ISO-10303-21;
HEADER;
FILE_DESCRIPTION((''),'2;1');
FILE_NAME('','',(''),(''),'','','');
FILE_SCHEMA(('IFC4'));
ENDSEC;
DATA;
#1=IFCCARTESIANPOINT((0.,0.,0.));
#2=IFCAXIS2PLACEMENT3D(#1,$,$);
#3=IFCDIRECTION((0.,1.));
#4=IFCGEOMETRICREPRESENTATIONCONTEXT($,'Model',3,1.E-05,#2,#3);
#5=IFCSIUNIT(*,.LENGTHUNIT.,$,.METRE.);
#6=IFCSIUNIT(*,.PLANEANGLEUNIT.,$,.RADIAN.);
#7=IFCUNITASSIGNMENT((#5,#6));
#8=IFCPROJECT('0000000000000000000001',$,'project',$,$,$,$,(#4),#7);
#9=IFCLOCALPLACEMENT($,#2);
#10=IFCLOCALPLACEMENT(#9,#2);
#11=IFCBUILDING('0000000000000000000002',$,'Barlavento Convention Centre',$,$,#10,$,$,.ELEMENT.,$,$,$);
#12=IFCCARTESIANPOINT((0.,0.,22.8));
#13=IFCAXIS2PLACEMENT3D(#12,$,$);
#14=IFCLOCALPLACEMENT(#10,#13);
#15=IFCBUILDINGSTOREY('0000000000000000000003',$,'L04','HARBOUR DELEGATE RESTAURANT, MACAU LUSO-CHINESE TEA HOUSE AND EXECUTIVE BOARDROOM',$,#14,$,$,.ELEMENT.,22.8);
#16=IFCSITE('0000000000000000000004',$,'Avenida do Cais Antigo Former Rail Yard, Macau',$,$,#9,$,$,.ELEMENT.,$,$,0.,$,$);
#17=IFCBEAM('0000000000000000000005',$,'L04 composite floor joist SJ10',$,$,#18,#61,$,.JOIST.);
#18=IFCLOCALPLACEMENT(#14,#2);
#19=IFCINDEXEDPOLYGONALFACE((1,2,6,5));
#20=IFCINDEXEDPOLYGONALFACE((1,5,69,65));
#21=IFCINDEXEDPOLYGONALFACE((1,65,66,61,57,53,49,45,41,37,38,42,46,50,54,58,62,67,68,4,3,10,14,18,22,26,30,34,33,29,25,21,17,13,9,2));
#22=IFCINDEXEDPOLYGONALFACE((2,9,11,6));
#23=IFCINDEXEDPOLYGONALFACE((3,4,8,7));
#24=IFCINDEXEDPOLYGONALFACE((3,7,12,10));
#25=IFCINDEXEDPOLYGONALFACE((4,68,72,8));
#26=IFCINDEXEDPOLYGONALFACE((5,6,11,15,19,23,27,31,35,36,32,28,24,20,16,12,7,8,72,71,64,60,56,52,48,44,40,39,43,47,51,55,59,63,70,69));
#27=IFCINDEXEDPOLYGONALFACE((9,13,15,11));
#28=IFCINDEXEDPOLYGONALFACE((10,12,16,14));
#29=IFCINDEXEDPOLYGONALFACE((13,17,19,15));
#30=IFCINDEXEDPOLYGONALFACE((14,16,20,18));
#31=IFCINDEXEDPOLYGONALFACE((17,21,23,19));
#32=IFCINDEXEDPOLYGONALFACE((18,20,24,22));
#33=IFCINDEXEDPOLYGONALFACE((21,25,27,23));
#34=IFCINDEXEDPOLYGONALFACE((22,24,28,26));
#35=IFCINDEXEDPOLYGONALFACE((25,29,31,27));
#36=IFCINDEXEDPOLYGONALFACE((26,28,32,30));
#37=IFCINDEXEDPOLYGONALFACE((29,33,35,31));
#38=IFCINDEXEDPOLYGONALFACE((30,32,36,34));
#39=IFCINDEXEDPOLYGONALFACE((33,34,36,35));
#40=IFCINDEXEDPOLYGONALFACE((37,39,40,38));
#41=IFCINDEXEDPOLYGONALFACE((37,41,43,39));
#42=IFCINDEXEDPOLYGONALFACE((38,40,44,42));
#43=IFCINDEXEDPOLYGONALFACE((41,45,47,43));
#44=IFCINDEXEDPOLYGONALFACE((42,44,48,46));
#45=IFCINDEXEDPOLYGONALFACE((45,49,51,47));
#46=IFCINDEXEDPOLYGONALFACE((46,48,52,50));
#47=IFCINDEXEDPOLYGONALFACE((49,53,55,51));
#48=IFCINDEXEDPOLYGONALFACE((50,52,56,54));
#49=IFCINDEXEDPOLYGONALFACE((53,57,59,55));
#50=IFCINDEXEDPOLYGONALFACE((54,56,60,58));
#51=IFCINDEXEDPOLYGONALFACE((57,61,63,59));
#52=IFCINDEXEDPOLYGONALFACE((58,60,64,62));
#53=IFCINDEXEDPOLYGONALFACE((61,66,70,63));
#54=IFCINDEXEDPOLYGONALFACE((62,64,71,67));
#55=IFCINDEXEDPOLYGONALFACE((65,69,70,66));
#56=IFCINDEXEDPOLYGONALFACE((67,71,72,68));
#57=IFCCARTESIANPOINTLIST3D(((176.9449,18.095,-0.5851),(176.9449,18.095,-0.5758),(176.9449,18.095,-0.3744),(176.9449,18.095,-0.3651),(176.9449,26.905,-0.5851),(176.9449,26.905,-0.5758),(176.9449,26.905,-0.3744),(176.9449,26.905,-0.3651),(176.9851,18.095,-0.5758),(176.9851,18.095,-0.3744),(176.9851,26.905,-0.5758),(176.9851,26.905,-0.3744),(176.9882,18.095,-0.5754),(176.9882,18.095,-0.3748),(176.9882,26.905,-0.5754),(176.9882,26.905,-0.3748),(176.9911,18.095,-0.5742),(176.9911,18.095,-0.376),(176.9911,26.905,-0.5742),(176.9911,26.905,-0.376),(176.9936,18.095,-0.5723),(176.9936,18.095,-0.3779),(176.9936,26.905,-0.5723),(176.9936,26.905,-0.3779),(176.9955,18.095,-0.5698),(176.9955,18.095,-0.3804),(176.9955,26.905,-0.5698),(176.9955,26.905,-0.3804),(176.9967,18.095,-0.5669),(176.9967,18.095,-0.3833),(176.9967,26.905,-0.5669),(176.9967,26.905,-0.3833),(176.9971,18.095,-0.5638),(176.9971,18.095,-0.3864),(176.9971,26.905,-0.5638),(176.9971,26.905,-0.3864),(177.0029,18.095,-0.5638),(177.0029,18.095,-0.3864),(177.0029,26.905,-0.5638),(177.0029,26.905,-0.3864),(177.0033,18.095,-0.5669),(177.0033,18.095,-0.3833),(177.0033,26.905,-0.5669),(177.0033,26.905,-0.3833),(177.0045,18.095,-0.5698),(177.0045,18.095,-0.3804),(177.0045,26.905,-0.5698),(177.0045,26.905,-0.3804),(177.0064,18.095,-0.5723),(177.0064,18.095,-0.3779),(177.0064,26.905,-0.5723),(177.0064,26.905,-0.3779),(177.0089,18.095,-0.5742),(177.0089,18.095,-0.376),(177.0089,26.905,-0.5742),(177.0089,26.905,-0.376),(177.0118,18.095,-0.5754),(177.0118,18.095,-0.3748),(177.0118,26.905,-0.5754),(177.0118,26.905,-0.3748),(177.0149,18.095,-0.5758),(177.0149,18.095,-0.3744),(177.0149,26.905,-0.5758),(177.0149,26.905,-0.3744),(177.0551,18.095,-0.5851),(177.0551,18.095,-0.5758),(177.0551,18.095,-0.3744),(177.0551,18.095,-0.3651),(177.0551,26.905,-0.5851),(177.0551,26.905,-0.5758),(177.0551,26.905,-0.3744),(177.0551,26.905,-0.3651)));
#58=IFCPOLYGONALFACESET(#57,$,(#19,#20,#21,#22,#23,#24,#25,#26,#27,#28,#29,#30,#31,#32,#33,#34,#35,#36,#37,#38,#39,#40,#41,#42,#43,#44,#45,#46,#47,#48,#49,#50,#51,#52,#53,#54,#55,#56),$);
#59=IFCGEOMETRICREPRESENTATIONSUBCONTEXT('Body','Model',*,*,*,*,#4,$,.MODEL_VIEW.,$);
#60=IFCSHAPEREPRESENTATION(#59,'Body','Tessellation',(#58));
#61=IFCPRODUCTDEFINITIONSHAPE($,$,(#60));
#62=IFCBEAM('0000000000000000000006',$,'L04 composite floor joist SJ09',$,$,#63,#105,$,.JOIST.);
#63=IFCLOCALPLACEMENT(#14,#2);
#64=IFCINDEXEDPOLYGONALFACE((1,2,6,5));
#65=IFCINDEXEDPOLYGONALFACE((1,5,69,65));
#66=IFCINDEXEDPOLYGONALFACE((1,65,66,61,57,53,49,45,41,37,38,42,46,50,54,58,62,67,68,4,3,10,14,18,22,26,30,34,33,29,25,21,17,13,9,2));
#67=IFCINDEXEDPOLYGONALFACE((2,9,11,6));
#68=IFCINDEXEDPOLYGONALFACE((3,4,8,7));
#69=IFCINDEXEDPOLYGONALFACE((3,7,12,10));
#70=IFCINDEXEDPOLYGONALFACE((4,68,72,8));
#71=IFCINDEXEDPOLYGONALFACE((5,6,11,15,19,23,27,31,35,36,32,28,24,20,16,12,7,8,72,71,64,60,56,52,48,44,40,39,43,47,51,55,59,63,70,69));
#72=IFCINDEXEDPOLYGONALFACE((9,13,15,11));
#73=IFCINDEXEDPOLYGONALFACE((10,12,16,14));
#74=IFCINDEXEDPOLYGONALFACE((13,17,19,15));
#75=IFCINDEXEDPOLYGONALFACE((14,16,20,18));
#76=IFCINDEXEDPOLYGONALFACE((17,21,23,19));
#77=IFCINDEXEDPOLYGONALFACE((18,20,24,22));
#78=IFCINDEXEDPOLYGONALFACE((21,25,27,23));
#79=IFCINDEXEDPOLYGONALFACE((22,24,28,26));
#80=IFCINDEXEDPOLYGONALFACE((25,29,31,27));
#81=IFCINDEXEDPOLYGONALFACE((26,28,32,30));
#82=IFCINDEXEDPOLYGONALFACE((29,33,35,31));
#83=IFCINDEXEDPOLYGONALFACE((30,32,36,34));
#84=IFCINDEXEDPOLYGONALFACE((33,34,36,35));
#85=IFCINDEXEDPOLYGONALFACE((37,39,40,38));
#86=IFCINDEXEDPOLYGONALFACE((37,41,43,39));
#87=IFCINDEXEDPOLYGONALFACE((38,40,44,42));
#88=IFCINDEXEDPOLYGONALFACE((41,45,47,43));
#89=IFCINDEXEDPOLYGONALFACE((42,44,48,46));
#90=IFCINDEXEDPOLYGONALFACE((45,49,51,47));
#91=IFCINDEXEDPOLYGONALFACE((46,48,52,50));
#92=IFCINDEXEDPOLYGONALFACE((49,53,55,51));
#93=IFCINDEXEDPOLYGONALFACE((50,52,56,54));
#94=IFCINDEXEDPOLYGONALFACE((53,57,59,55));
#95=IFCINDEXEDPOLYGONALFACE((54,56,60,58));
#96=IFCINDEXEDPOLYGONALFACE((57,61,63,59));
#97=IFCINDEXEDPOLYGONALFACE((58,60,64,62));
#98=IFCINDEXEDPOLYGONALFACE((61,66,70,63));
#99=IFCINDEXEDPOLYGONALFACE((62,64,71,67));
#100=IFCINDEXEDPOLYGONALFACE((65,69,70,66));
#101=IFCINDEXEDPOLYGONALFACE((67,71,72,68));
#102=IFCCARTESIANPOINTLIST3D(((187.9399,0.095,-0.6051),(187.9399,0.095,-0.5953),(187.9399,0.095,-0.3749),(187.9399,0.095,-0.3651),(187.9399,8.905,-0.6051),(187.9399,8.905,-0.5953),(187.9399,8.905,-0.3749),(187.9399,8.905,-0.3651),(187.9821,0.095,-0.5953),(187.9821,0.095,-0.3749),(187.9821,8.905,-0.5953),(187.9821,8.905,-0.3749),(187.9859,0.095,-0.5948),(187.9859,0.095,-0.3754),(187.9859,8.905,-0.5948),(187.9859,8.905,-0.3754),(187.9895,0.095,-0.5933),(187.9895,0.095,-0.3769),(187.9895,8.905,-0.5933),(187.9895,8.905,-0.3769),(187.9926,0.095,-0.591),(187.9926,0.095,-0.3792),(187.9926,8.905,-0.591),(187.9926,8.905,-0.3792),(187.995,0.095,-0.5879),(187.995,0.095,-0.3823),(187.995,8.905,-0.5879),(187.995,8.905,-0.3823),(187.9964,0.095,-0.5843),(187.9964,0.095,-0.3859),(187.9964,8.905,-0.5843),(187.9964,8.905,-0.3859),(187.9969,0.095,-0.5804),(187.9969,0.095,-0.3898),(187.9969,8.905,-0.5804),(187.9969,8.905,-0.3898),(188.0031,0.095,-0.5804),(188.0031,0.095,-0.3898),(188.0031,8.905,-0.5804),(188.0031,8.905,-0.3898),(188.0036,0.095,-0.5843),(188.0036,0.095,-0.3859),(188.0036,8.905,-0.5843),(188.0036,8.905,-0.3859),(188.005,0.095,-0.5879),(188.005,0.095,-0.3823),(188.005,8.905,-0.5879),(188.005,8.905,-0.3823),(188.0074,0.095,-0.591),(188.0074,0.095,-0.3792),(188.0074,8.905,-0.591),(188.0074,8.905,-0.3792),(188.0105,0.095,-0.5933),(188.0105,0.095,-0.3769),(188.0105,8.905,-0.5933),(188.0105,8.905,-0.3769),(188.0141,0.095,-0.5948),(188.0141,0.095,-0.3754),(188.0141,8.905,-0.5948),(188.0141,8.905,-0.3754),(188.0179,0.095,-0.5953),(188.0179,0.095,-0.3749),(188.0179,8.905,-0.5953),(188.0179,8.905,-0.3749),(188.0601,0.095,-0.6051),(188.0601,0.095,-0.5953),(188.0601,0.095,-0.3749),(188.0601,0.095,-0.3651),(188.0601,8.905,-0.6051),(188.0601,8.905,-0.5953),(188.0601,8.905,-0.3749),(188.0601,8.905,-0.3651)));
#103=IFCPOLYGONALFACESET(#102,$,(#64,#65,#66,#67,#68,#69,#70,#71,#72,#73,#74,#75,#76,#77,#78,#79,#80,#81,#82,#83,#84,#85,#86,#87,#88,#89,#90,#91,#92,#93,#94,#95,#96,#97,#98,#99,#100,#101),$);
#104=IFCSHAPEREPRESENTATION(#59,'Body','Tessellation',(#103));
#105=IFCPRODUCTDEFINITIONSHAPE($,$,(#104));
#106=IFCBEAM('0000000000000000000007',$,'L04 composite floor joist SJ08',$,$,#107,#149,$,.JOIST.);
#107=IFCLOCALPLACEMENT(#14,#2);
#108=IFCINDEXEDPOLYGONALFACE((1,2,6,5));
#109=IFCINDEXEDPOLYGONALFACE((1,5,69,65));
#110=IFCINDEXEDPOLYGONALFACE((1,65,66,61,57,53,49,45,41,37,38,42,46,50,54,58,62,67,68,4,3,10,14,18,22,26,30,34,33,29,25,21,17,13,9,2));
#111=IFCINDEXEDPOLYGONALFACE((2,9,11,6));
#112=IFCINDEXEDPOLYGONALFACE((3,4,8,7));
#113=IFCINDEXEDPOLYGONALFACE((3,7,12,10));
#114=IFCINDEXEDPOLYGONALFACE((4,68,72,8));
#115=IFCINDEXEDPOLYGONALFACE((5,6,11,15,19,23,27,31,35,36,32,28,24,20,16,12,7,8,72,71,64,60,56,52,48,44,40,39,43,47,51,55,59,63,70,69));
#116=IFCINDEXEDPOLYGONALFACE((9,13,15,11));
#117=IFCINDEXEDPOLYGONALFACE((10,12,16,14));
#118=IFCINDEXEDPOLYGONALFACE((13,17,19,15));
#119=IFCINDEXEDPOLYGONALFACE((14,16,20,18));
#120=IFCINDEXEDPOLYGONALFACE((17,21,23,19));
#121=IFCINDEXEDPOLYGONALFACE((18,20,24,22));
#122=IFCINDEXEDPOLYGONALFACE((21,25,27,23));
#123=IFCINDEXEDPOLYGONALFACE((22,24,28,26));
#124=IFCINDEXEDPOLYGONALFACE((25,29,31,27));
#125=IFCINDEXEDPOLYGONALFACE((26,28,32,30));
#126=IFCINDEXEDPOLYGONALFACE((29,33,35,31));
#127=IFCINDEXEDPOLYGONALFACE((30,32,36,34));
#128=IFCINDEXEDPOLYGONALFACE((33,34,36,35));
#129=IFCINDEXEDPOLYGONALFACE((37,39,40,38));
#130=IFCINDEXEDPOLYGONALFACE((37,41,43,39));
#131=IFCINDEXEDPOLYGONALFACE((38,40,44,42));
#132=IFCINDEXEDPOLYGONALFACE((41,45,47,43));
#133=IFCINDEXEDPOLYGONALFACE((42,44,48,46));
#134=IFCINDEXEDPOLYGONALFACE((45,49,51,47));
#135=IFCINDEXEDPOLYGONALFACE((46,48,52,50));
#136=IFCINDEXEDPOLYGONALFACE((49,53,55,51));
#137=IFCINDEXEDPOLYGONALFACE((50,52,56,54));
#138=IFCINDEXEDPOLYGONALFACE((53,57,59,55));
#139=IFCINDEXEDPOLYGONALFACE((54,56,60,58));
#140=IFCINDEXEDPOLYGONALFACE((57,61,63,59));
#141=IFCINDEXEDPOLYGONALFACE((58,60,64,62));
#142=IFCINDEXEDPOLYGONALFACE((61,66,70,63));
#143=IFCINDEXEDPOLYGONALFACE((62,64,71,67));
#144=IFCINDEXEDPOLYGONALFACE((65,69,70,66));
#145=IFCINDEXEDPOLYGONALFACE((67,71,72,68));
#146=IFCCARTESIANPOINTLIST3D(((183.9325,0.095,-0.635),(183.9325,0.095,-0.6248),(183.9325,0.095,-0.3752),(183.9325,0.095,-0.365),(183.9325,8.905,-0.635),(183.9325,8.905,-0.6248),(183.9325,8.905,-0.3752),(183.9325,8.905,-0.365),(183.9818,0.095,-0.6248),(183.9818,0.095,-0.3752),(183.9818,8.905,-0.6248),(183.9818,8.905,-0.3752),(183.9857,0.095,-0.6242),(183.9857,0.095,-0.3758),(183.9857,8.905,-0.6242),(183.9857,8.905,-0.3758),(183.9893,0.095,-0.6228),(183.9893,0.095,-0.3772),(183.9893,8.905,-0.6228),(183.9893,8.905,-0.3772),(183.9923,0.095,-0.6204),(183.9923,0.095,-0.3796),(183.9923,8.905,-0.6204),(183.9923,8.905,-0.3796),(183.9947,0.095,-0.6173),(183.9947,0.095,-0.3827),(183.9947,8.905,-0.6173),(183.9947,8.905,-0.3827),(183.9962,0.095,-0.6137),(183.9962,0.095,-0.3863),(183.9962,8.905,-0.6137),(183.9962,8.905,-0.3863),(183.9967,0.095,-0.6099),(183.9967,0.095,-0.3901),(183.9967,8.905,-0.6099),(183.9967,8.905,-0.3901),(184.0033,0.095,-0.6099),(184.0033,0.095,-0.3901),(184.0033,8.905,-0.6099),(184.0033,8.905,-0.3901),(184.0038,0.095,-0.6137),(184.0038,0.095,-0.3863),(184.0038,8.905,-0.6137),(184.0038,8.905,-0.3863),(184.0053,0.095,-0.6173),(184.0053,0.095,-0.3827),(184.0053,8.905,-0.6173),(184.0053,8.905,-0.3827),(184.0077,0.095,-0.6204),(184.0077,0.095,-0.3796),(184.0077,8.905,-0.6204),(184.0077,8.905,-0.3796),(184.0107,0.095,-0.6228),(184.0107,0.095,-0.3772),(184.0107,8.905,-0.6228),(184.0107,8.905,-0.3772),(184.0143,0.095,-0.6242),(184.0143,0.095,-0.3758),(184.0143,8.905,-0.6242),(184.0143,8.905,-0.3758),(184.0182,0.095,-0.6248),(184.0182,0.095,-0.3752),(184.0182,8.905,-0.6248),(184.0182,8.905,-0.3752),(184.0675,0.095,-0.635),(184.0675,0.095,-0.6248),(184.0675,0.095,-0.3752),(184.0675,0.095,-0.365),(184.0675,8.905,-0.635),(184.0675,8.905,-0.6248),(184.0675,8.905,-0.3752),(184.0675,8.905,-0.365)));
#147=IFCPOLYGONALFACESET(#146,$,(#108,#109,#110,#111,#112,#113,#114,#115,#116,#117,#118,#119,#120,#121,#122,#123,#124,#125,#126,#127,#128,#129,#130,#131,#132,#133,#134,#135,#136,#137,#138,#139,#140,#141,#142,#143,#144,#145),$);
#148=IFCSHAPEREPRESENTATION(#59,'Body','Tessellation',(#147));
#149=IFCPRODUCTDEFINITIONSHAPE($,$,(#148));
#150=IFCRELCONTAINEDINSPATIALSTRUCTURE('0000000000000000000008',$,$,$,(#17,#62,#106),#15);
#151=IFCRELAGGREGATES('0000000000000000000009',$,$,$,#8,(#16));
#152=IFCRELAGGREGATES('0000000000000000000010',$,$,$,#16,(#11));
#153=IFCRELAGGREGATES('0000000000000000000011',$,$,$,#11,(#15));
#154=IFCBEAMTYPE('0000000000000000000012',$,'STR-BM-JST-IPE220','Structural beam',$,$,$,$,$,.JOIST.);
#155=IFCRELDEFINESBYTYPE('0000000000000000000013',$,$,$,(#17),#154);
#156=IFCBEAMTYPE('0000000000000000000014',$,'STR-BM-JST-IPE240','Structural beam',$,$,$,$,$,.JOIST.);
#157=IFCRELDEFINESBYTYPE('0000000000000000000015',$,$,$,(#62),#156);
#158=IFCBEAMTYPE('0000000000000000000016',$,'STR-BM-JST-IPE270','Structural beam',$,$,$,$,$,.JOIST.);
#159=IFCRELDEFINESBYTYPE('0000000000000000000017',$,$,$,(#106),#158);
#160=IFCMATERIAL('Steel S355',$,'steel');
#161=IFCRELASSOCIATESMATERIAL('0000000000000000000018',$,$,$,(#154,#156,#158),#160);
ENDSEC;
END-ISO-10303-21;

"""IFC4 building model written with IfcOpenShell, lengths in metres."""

from ifc_helpers import new_model, si_unit, direction, frame, origin, origin_2d, place, context, subcontext, project, spatial, i_section, extrude, material, material_profile, profile_set, type_object, element, save


model = new_model("IFC4")

# Units and contexts
model_context = context("Model", 3, precision=1e-05, world=origin(), true_north=direction((0.0, 1.0)))
body_context = subcontext(model_context, "Body", "Model", "MODEL_VIEW")
ifc_project = project(units=[si_unit("LENGTHUNIT", "METRE"), si_unit("PLANEANGLEUNIT", "RADIAN")], contexts=[model_context])

# Site, building, storey
site_placement = place(None, origin())
site = spatial("IfcSite", under=ifc_project, at=site_placement, Name="Avenida do Cais Antigo Former Rail Yard, Macau", CompositionType="ELEMENT", RefElevation=0.0)
building_placement = place(site_placement, origin())
building = spatial("IfcBuilding", under=site, at=building_placement, Name="Barlavento Convention Centre", CompositionType="ELEMENT")
storey_placement = place(building_placement, frame((0.0, 0.0, 22.8)))
storey = spatial("IfcBuildingStorey", under=building, at=storey_placement, Name="L04", Description="HARBOUR DELEGATE RESTAURANT, MACAU LUSO-CHINESE TEA HOUSE AND EXECUTIVE BOARDROOM", CompositionType="ELEMENT", Elevation=22.8)

# Beams
ifc_material_1 = material(Name="Steel S355", Category="steel")
ifc_material_profile_1 = material_profile(ifc_material_1, i_section(OverallWidth=0.1101, OverallDepth=0.22, WebThickness=0.0059, FlangeThickness=0.0093, FilletRadius=0.012, at=origin_2d()), Name="IPE 220")
ifc_profile_set_1 = profile_set([ifc_material_profile_1], Name="Steel S355")
beam_type_1 = type_object("IfcBeamType", Name="STR-BM-JST-IPE220", Description="Structural beam", PredefinedType="JOIST", material=ifc_profile_set_1)
beam_1_placement = place(storey_placement, frame((177.0, 18.095, -0.4751), z_axis=(0.0, 1.0, 0.0), x_axis=(-1.0, 0.0, 0.0)))
element("IfcBeam", 1, at=beam_1_placement, inside=storey, type_object=beam_type_1, Name="L04 composite floor joist SJ10", PredefinedType="JOIST", context=body_context, shape_type="SweptSolid", body=[
    extrude(i_section(OverallWidth=0.1101, OverallDepth=0.22, WebThickness=0.0059, FlangeThickness=0.0093, FilletRadius=0.012, at=origin_2d()), origin(), (0.0, 0.0, 1.0), 8.8101),
])
ifc_material_profile_2 = material_profile(ifc_material_1, i_section(OverallWidth=0.1201, OverallDepth=0.24, WebThickness=0.0061, FlangeThickness=0.0098, FilletRadius=0.0149, at=origin_2d()), Name="IPE 240")
ifc_profile_set_2 = profile_set([ifc_material_profile_2], Name="Steel S355")
beam_type_2 = type_object("IfcBeamType", Name="STR-BM-JST-IPE240", Description="Structural beam", PredefinedType="JOIST", material=ifc_profile_set_2)
beam_2_placement = place(storey_placement, frame((188.0, 0.095, -0.4851), z_axis=(0.0, 1.0, 0.0), x_axis=(-1.0, 0.0, 0.0)))
element("IfcBeam", 2, at=beam_2_placement, inside=storey, type_object=beam_type_2, Name="L04 composite floor joist SJ09", PredefinedType="JOIST", context=body_context, shape_type="SweptSolid", body=[
    extrude(i_section(OverallWidth=0.1201, OverallDepth=0.24, WebThickness=0.0061, FlangeThickness=0.0098, FilletRadius=0.0149, at=origin_2d()), origin(), (0.0, 0.0, 1.0), 8.8101),
])
ifc_material_profile_3 = material_profile(ifc_material_1, i_section(OverallWidth=0.135, OverallDepth=0.27, WebThickness=0.0066, FlangeThickness=0.0103, FilletRadius=0.0149, at=origin_2d()), Name="IPE 270")
ifc_profile_set_3 = profile_set([ifc_material_profile_3], Name="Steel S355")
beam_type_3 = type_object("IfcBeamType", Name="STR-BM-JST-IPE270", Description="Structural beam", PredefinedType="JOIST", material=ifc_profile_set_3)
beam_3_placement = place(storey_placement, frame((184.0, 0.095, -0.5), z_axis=(0.0, 1.0, 0.0), x_axis=(-1.0, 0.0, 0.0)))
element("IfcBeam", 3, at=beam_3_placement, inside=storey, type_object=beam_type_3, Name="L04 composite floor joist SJ08", PredefinedType="JOIST", context=body_context, shape_type="SweptSolid", body=[
    extrude(i_section(OverallWidth=0.135, OverallDepth=0.27, WebThickness=0.0066, FlangeThickness=0.0103, FilletRadius=0.0149, at=origin_2d()), origin(), (0.0, 0.0, 1.0), 8.8101),
])

save(model, "model.ifc")
